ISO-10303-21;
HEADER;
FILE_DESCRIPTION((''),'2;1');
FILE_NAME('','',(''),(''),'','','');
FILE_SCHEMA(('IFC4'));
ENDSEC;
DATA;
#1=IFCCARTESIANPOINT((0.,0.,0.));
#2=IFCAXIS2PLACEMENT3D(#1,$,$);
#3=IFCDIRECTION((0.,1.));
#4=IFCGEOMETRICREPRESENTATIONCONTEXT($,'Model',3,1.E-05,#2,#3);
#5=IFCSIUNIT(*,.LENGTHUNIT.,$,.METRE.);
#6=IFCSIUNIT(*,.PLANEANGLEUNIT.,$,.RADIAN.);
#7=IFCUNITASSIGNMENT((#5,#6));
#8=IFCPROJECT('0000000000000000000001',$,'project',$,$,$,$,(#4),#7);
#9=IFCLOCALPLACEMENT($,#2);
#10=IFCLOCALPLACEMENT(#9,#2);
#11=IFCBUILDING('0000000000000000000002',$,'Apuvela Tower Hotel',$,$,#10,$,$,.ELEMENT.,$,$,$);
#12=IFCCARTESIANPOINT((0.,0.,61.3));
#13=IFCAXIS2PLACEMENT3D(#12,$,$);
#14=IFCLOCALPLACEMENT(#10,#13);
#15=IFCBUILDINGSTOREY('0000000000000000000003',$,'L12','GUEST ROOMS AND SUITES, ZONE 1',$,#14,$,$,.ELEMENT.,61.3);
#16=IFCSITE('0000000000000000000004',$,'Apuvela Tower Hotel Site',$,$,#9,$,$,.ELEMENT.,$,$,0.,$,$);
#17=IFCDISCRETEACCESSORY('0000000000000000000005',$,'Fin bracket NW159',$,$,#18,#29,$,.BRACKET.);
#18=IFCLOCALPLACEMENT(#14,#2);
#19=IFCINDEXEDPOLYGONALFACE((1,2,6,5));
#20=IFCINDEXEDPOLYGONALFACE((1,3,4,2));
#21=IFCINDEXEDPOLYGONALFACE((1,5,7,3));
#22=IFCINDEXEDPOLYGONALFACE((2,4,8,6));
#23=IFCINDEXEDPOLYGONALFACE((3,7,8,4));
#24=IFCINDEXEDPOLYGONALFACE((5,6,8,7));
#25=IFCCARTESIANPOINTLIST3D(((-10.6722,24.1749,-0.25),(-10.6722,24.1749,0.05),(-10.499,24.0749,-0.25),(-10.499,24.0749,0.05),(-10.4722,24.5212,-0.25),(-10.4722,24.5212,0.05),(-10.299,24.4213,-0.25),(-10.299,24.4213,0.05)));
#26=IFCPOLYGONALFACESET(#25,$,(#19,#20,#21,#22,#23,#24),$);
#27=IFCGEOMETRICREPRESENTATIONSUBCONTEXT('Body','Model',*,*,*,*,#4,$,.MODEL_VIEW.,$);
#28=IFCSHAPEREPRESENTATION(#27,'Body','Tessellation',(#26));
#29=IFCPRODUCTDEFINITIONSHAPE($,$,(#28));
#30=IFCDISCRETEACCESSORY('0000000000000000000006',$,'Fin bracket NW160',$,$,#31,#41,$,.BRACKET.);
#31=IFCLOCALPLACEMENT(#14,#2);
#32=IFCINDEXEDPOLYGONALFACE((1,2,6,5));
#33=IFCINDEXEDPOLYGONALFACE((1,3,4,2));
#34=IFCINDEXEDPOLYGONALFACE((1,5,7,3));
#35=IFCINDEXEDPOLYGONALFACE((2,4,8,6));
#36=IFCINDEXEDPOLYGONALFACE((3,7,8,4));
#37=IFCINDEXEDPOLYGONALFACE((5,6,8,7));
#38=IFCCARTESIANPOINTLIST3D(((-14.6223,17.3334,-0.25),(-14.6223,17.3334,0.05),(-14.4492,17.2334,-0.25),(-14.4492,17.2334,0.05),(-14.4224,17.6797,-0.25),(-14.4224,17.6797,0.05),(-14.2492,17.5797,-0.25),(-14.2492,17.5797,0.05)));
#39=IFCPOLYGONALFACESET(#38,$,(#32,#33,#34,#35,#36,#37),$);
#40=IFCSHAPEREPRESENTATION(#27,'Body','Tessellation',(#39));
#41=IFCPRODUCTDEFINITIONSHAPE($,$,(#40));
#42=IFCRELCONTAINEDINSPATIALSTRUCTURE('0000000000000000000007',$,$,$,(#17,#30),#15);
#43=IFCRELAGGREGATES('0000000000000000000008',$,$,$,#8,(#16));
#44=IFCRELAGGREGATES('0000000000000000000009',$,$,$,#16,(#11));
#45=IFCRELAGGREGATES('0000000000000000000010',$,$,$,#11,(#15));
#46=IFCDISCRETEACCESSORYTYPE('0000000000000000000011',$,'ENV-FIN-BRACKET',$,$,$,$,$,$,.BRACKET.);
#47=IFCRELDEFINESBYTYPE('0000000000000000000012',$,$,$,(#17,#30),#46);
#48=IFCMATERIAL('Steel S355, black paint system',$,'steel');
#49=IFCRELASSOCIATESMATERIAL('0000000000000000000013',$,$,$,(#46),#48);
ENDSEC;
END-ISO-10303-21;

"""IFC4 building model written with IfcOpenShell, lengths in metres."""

from ifc_helpers import new_model, si_unit, direction, frame, origin, origin_2d, place, context, subcontext, project, spatial, rectangle, extrude, material, type_object, element, save


model = new_model("IFC4")

# Units and contexts
model_context = context("Model", 3, precision=1e-05, world=origin(), true_north=direction((0.0, 1.0)))
body_context = subcontext(model_context, "Body", "Model", "MODEL_VIEW")
ifc_project = project(units=[si_unit("LENGTHUNIT", "METRE"), si_unit("PLANEANGLEUNIT", "RADIAN")], contexts=[model_context])

# Site, building, storey
site_placement = place(None, origin())
site = spatial("IfcSite", under=ifc_project, at=site_placement, Name="Apuvela Tower Hotel Site", CompositionType="ELEMENT", RefElevation=0.0)
building_placement = place(site_placement, origin())
building = spatial("IfcBuilding", under=site, at=building_placement, Name="Apuvela Tower Hotel", CompositionType="ELEMENT")
storey_placement = place(building_placement, frame((0.0, 0.0, 61.3)))
storey = spatial("IfcBuildingStorey", under=building, at=storey_placement, Name="L12", Description="GUEST ROOMS AND SUITES, ZONE 1", CompositionType="ELEMENT", Elevation=61.3)

# Discrete accessories
ifc_material_1 = material(Name="Steel S355, black paint system", Category="steel")
discrete_accessory_type = type_object("IfcDiscreteAccessoryType", Name="ENV-FIN-BRACKET", PredefinedType="BRACKET", material=ifc_material_1)
for number, where, z_axis, x_axis, name in (
    (1, (-10.4856, 24.2981, -0.25), (0.0, 0.0, 1.0), (-0.5, -0.866025, 0.0), "Fin bracket NW159"),
    (2, (-14.4358, 17.4565, -0.25), (0.0, 0.0, 1.0), (-0.5, -0.866025, 0.0), "Fin bracket NW160"),
):
    element("IfcDiscreteAccessory", number, at=place(storey_placement, frame(where, z_axis=z_axis, x_axis=x_axis)), inside=storey, type_object=discrete_accessory_type, Name=name, PredefinedType="BRACKET", context=body_context, shape_type="SweptSolid", body=[
        extrude(rectangle(XDim=0.3999, YDim=0.2, at=origin_2d()), origin(), (0.0, 0.0, 1.0), 0.3),
    ])

save(model, "model.ifc")
